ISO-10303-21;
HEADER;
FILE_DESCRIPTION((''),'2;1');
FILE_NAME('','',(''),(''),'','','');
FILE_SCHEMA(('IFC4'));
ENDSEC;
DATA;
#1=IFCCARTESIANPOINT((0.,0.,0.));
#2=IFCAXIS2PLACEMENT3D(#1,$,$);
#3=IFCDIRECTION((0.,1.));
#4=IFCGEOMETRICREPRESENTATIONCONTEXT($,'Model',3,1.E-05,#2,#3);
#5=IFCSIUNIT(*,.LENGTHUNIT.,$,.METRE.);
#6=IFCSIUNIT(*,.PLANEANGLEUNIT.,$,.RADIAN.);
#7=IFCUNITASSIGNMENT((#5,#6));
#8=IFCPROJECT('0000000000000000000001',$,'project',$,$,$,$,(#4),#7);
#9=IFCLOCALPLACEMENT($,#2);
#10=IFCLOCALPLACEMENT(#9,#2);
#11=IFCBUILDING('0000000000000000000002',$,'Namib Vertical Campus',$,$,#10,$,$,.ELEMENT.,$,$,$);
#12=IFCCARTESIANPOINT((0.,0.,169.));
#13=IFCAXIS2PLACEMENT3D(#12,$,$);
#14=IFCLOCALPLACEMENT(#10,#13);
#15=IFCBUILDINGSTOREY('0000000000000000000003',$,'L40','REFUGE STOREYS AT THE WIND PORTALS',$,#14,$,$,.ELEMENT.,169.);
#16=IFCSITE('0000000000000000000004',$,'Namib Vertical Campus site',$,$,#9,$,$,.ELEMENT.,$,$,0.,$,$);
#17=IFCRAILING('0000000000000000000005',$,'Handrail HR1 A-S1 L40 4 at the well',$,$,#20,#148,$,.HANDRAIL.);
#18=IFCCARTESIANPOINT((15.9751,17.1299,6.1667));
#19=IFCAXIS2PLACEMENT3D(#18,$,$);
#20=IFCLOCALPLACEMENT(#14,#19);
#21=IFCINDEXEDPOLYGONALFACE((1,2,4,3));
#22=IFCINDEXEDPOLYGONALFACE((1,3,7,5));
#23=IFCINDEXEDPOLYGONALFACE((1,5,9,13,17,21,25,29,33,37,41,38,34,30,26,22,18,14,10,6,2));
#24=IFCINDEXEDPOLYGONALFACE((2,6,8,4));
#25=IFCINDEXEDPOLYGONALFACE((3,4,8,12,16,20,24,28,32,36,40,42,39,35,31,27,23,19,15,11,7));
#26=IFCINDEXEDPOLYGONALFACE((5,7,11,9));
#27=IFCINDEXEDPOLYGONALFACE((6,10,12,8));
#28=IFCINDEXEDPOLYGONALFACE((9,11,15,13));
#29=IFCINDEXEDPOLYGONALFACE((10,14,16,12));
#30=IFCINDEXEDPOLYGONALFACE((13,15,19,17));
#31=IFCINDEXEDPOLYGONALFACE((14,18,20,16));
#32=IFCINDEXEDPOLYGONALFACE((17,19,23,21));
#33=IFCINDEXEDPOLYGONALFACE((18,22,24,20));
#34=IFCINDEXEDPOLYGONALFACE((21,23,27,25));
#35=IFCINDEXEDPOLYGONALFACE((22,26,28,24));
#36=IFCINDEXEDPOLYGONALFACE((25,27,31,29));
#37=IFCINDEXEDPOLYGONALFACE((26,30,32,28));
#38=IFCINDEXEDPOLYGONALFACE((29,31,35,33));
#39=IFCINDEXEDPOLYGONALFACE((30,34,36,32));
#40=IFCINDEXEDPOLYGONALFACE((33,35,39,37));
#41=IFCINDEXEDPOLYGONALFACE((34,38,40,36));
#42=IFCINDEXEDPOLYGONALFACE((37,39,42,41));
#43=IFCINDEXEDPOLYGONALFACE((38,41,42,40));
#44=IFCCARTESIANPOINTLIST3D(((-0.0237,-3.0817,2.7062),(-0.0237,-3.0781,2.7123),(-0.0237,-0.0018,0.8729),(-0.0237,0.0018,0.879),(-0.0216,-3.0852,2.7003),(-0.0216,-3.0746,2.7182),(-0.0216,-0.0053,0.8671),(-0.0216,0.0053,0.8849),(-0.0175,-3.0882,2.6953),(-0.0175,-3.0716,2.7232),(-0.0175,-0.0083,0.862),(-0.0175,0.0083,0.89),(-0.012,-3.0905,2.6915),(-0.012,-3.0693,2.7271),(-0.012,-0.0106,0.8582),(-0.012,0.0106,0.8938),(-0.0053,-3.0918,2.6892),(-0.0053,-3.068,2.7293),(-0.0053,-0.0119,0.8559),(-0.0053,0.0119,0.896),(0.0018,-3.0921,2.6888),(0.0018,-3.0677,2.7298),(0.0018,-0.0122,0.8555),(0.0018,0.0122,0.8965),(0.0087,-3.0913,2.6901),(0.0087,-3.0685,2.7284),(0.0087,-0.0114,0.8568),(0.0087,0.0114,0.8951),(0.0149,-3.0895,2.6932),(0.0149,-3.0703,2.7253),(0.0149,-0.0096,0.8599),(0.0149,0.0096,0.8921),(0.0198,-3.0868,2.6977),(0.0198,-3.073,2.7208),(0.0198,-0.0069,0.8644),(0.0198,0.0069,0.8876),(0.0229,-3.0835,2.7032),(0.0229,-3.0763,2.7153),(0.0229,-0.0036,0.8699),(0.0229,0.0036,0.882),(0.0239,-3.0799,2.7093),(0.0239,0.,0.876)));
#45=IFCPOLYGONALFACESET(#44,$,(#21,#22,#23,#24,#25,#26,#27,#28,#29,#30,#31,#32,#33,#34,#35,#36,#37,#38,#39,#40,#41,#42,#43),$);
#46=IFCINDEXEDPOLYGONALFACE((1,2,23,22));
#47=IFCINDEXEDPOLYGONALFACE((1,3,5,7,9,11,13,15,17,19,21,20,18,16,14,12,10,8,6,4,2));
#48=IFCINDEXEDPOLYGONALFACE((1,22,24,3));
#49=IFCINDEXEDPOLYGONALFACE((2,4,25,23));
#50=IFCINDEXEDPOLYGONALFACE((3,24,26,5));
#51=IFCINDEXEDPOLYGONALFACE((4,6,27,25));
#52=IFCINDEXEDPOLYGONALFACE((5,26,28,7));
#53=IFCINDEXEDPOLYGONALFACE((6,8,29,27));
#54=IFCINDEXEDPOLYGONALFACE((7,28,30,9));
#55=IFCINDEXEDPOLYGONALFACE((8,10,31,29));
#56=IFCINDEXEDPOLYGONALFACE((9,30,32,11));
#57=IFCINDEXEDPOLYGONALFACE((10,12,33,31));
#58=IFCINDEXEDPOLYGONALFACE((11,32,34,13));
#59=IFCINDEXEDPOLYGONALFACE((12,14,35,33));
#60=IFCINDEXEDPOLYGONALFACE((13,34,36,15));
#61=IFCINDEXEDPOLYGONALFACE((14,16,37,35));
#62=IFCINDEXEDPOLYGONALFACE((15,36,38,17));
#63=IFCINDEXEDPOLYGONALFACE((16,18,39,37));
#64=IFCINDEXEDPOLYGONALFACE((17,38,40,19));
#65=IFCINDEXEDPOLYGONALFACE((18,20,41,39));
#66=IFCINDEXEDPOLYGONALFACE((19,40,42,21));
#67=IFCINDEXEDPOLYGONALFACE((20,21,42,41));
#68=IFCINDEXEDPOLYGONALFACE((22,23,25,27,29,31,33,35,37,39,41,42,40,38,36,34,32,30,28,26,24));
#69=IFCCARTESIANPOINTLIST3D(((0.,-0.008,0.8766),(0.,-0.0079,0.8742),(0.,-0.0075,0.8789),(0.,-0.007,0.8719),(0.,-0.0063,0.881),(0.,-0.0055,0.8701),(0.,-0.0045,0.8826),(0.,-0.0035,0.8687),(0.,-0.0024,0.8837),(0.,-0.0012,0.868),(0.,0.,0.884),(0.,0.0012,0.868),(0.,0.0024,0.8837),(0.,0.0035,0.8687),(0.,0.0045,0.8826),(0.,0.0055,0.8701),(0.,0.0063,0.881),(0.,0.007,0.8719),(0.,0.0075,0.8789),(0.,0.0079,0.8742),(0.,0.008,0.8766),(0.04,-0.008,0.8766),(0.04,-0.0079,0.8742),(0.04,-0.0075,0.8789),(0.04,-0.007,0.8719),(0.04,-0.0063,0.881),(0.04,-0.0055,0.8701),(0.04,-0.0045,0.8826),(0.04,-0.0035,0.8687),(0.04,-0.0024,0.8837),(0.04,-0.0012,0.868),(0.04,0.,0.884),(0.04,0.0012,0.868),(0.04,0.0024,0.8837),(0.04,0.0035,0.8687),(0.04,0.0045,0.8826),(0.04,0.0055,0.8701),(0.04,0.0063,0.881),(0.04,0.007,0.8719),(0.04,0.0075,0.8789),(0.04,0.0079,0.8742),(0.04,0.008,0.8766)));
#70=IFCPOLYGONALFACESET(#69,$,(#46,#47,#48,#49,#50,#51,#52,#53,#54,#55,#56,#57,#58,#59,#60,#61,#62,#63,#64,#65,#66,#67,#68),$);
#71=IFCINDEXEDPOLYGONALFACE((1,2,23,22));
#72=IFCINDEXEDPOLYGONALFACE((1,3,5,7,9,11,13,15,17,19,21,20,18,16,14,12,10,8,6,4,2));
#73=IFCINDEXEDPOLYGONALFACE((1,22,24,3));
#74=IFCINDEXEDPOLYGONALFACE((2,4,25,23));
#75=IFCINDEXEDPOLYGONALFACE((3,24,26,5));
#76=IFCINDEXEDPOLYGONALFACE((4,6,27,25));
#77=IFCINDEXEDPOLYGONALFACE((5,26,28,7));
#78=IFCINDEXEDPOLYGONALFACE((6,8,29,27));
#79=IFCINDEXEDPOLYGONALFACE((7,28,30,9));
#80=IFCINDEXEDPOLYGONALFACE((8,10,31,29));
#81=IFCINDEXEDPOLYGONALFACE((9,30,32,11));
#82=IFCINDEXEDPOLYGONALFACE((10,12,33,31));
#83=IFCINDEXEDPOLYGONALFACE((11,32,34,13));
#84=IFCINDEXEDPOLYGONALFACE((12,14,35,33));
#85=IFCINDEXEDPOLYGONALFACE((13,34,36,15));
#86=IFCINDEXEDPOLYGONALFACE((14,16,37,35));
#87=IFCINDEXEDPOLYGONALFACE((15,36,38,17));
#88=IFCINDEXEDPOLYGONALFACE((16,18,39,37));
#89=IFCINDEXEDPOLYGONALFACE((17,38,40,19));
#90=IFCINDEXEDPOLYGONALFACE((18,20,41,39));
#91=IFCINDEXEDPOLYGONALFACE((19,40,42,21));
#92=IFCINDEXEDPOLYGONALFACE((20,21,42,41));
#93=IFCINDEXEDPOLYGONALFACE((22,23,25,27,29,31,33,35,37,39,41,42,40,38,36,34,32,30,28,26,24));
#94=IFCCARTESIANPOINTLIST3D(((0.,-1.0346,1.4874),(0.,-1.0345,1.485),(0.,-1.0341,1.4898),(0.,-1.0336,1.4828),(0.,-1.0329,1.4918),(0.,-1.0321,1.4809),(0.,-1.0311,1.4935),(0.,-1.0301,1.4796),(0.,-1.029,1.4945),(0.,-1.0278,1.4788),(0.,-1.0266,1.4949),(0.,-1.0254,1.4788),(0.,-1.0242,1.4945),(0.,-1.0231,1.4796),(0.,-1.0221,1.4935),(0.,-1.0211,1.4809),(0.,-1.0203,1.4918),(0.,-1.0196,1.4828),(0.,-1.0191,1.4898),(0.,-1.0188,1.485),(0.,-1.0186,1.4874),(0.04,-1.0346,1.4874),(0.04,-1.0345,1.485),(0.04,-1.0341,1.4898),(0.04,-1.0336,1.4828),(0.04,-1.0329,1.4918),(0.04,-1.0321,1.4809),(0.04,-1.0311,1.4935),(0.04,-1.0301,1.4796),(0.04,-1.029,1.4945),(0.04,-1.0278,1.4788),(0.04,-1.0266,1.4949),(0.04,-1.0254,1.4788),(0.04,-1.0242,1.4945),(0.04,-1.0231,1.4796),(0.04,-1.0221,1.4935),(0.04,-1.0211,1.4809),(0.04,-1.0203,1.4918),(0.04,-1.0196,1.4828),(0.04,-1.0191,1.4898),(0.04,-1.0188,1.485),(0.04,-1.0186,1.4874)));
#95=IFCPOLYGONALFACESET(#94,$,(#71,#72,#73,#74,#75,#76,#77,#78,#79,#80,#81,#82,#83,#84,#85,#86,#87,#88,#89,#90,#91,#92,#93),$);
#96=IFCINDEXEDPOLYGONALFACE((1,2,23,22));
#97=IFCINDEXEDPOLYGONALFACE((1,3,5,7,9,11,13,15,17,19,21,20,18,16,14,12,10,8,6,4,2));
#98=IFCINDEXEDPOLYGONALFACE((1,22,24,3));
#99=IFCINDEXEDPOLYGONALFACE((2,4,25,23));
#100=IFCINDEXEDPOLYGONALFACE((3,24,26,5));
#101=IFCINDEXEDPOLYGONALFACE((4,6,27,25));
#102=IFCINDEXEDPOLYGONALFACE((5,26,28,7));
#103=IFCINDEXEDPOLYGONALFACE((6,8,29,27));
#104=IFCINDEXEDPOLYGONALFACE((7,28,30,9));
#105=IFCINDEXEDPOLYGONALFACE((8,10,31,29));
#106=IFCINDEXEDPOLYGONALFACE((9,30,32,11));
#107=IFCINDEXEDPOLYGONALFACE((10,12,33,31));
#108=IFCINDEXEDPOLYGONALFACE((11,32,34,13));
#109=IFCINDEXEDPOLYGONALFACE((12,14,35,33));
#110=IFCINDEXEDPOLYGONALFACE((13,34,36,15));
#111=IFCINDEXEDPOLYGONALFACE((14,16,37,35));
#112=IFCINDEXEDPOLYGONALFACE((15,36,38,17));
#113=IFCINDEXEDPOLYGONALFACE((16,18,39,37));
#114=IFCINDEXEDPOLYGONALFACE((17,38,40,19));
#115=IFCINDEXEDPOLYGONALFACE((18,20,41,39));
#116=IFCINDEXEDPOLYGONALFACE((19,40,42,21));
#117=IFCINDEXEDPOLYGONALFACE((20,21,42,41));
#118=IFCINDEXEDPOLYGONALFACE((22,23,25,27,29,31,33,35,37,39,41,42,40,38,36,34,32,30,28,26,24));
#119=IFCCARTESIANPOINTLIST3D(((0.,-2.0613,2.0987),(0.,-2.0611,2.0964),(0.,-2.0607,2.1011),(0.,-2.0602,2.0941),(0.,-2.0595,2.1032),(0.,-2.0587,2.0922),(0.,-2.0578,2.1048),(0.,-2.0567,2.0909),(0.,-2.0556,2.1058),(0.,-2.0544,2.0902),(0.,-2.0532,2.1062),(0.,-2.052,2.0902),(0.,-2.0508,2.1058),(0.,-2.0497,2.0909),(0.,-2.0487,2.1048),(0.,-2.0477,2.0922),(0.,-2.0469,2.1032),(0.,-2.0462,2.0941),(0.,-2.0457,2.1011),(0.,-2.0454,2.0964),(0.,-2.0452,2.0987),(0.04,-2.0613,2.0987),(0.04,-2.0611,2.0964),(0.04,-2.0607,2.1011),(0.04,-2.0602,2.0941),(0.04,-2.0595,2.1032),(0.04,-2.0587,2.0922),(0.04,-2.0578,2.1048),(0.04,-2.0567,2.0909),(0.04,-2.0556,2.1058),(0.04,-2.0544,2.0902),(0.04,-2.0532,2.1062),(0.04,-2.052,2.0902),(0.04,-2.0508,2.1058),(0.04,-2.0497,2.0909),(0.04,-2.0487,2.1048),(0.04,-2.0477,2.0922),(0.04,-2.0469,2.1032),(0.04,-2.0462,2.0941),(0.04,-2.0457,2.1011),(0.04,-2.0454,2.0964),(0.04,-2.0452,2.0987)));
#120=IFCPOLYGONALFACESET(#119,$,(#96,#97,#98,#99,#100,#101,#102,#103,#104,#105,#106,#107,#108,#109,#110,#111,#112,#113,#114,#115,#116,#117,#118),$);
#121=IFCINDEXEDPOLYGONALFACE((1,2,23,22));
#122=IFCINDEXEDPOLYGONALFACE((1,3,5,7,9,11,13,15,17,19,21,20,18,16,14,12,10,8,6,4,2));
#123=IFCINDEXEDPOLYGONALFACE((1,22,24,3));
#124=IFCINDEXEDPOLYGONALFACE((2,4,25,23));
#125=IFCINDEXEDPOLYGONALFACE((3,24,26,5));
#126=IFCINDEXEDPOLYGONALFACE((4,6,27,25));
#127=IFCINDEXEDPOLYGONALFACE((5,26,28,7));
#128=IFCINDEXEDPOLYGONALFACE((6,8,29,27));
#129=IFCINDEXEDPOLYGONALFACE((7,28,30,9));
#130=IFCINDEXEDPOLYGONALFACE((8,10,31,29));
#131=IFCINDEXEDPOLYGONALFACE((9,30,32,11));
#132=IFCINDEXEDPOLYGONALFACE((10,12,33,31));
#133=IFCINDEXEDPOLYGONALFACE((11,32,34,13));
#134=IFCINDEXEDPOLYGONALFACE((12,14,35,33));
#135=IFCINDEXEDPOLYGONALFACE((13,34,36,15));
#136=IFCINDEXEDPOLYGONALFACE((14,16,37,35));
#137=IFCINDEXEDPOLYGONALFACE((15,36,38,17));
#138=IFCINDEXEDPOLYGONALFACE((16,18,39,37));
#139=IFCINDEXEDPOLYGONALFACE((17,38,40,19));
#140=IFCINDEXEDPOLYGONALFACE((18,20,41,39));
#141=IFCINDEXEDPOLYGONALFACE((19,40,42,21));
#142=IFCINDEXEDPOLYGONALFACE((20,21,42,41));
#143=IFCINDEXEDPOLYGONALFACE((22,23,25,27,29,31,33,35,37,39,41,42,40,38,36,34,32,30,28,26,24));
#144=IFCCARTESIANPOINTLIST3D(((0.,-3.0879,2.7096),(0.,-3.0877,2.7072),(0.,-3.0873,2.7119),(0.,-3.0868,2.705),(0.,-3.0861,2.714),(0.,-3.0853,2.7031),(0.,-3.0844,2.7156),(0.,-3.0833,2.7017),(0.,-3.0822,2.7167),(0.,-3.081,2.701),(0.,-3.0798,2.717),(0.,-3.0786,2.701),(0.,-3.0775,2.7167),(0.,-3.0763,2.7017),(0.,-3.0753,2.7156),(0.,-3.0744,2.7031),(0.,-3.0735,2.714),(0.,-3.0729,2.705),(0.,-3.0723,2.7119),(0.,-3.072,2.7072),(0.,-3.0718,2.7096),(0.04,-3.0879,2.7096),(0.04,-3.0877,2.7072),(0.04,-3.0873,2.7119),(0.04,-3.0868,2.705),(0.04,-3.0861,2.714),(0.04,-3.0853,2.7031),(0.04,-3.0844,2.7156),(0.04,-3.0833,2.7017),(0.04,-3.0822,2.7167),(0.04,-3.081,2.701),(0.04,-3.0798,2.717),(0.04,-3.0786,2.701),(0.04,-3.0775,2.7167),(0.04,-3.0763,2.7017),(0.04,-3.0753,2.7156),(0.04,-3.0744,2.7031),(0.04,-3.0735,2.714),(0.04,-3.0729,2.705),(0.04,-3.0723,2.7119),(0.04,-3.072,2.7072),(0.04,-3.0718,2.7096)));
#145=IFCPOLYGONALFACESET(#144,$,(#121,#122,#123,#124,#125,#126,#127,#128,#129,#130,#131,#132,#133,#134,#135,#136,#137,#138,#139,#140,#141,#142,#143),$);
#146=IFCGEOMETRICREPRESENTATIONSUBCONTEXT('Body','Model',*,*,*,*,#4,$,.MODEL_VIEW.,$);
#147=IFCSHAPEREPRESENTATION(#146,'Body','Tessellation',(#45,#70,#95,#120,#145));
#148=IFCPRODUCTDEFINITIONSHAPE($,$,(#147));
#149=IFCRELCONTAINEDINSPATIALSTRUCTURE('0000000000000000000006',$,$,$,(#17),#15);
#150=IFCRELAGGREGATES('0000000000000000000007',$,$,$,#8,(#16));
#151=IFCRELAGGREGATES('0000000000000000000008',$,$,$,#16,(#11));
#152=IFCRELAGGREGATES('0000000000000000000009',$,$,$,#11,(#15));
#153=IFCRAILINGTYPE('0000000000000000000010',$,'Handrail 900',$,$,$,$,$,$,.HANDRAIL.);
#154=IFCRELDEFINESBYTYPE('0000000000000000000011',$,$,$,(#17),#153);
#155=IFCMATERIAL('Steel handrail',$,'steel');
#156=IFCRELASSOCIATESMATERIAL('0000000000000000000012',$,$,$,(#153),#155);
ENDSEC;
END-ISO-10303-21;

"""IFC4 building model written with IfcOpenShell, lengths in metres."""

from ifc_helpers import new_model, si_unit, direction, frame, origin, origin_2d, place, context, subcontext, project, spatial, circle, extrude, material, type_object, element, save


model = new_model("IFC4")

# Units and contexts
model_context = context("Model", 3, precision=1e-05, world=origin(), true_north=direction((0.0, 1.0)))
body_context = subcontext(model_context, "Body", "Model", "MODEL_VIEW")
ifc_project = project(units=[si_unit("LENGTHUNIT", "METRE"), si_unit("PLANEANGLEUNIT", "RADIAN")], contexts=[model_context])

# Site, building, storey
site_placement = place(None, origin())
site = spatial("IfcSite", under=ifc_project, at=site_placement, Name="Namib Vertical Campus site", CompositionType="ELEMENT", RefElevation=0.0)
building_placement = place(site_placement, origin())
building = spatial("IfcBuilding", under=site, at=building_placement, Name="Namib Vertical Campus", CompositionType="ELEMENT")
storey_placement = place(building_placement, frame((0.0, 0.0, 169.0)))
storey = spatial("IfcBuildingStorey", under=building, at=storey_placement, Name="L40", Description="REFUGE STOREYS AT THE WIND PORTALS", CompositionType="ELEMENT", Elevation=169.0)

# Railing
ifc_material_1 = material(Name="Steel handrail", Category="steel")
railing_type_1 = type_object("IfcRailingType", Name="Handrail 900", PredefinedType="HANDRAIL", material=ifc_material_1)
for number, where, name in (
    (1, (15.9751, 17.1299, 6.1667), "Handrail HR1 A-S1 L40 4 at the well"),
):
    element("IfcRailing", number, at=place(storey_placement, frame(where)), inside=storey, type_object=railing_type_1, Name=name, PredefinedType="HANDRAIL", context=body_context, shape_type="SweptSolid", body=[
        extrude(circle(Radius=0.0239, at=origin_2d()), frame((0.0, 0.0, 0.876), z_axis=(0.0, -0.859291, 0.511487), x_axis=(1.0, 0.0, 0.0)), (0.0, 0.0, 1.0), 3.5842),
        extrude(circle(Radius=0.0081, at=origin_2d()), frame((0.0, 0.0, 0.876), z_axis=(1.0, 0.0, 0.0), x_axis=(0.0, 0.0, 1.0)), (0.0, 0.0, 1.0), 0.04),
        extrude(circle(Radius=0.0081, at=origin_2d()), frame((0.0, -1.0266, 1.4868), z_axis=(1.0, 0.0, 0.0), x_axis=(0.0, 0.0, 1.0)), (0.0, 0.0, 1.0), 0.04),
        extrude(circle(Radius=0.0081, at=origin_2d()), frame((0.0, -2.0532, 2.0981), z_axis=(1.0, 0.0, 0.0), x_axis=(0.0, 0.0, 1.0)), (0.0, 0.0, 1.0), 0.04),
        extrude(circle(Radius=0.0081, at=origin_2d()), frame((0.0, -3.0798, 2.709), z_axis=(1.0, 0.0, 0.0), x_axis=(0.0, 0.0, 1.0)), (0.0, 0.0, 1.0), 0.04),
    ])

save(model, "model.ifc")
